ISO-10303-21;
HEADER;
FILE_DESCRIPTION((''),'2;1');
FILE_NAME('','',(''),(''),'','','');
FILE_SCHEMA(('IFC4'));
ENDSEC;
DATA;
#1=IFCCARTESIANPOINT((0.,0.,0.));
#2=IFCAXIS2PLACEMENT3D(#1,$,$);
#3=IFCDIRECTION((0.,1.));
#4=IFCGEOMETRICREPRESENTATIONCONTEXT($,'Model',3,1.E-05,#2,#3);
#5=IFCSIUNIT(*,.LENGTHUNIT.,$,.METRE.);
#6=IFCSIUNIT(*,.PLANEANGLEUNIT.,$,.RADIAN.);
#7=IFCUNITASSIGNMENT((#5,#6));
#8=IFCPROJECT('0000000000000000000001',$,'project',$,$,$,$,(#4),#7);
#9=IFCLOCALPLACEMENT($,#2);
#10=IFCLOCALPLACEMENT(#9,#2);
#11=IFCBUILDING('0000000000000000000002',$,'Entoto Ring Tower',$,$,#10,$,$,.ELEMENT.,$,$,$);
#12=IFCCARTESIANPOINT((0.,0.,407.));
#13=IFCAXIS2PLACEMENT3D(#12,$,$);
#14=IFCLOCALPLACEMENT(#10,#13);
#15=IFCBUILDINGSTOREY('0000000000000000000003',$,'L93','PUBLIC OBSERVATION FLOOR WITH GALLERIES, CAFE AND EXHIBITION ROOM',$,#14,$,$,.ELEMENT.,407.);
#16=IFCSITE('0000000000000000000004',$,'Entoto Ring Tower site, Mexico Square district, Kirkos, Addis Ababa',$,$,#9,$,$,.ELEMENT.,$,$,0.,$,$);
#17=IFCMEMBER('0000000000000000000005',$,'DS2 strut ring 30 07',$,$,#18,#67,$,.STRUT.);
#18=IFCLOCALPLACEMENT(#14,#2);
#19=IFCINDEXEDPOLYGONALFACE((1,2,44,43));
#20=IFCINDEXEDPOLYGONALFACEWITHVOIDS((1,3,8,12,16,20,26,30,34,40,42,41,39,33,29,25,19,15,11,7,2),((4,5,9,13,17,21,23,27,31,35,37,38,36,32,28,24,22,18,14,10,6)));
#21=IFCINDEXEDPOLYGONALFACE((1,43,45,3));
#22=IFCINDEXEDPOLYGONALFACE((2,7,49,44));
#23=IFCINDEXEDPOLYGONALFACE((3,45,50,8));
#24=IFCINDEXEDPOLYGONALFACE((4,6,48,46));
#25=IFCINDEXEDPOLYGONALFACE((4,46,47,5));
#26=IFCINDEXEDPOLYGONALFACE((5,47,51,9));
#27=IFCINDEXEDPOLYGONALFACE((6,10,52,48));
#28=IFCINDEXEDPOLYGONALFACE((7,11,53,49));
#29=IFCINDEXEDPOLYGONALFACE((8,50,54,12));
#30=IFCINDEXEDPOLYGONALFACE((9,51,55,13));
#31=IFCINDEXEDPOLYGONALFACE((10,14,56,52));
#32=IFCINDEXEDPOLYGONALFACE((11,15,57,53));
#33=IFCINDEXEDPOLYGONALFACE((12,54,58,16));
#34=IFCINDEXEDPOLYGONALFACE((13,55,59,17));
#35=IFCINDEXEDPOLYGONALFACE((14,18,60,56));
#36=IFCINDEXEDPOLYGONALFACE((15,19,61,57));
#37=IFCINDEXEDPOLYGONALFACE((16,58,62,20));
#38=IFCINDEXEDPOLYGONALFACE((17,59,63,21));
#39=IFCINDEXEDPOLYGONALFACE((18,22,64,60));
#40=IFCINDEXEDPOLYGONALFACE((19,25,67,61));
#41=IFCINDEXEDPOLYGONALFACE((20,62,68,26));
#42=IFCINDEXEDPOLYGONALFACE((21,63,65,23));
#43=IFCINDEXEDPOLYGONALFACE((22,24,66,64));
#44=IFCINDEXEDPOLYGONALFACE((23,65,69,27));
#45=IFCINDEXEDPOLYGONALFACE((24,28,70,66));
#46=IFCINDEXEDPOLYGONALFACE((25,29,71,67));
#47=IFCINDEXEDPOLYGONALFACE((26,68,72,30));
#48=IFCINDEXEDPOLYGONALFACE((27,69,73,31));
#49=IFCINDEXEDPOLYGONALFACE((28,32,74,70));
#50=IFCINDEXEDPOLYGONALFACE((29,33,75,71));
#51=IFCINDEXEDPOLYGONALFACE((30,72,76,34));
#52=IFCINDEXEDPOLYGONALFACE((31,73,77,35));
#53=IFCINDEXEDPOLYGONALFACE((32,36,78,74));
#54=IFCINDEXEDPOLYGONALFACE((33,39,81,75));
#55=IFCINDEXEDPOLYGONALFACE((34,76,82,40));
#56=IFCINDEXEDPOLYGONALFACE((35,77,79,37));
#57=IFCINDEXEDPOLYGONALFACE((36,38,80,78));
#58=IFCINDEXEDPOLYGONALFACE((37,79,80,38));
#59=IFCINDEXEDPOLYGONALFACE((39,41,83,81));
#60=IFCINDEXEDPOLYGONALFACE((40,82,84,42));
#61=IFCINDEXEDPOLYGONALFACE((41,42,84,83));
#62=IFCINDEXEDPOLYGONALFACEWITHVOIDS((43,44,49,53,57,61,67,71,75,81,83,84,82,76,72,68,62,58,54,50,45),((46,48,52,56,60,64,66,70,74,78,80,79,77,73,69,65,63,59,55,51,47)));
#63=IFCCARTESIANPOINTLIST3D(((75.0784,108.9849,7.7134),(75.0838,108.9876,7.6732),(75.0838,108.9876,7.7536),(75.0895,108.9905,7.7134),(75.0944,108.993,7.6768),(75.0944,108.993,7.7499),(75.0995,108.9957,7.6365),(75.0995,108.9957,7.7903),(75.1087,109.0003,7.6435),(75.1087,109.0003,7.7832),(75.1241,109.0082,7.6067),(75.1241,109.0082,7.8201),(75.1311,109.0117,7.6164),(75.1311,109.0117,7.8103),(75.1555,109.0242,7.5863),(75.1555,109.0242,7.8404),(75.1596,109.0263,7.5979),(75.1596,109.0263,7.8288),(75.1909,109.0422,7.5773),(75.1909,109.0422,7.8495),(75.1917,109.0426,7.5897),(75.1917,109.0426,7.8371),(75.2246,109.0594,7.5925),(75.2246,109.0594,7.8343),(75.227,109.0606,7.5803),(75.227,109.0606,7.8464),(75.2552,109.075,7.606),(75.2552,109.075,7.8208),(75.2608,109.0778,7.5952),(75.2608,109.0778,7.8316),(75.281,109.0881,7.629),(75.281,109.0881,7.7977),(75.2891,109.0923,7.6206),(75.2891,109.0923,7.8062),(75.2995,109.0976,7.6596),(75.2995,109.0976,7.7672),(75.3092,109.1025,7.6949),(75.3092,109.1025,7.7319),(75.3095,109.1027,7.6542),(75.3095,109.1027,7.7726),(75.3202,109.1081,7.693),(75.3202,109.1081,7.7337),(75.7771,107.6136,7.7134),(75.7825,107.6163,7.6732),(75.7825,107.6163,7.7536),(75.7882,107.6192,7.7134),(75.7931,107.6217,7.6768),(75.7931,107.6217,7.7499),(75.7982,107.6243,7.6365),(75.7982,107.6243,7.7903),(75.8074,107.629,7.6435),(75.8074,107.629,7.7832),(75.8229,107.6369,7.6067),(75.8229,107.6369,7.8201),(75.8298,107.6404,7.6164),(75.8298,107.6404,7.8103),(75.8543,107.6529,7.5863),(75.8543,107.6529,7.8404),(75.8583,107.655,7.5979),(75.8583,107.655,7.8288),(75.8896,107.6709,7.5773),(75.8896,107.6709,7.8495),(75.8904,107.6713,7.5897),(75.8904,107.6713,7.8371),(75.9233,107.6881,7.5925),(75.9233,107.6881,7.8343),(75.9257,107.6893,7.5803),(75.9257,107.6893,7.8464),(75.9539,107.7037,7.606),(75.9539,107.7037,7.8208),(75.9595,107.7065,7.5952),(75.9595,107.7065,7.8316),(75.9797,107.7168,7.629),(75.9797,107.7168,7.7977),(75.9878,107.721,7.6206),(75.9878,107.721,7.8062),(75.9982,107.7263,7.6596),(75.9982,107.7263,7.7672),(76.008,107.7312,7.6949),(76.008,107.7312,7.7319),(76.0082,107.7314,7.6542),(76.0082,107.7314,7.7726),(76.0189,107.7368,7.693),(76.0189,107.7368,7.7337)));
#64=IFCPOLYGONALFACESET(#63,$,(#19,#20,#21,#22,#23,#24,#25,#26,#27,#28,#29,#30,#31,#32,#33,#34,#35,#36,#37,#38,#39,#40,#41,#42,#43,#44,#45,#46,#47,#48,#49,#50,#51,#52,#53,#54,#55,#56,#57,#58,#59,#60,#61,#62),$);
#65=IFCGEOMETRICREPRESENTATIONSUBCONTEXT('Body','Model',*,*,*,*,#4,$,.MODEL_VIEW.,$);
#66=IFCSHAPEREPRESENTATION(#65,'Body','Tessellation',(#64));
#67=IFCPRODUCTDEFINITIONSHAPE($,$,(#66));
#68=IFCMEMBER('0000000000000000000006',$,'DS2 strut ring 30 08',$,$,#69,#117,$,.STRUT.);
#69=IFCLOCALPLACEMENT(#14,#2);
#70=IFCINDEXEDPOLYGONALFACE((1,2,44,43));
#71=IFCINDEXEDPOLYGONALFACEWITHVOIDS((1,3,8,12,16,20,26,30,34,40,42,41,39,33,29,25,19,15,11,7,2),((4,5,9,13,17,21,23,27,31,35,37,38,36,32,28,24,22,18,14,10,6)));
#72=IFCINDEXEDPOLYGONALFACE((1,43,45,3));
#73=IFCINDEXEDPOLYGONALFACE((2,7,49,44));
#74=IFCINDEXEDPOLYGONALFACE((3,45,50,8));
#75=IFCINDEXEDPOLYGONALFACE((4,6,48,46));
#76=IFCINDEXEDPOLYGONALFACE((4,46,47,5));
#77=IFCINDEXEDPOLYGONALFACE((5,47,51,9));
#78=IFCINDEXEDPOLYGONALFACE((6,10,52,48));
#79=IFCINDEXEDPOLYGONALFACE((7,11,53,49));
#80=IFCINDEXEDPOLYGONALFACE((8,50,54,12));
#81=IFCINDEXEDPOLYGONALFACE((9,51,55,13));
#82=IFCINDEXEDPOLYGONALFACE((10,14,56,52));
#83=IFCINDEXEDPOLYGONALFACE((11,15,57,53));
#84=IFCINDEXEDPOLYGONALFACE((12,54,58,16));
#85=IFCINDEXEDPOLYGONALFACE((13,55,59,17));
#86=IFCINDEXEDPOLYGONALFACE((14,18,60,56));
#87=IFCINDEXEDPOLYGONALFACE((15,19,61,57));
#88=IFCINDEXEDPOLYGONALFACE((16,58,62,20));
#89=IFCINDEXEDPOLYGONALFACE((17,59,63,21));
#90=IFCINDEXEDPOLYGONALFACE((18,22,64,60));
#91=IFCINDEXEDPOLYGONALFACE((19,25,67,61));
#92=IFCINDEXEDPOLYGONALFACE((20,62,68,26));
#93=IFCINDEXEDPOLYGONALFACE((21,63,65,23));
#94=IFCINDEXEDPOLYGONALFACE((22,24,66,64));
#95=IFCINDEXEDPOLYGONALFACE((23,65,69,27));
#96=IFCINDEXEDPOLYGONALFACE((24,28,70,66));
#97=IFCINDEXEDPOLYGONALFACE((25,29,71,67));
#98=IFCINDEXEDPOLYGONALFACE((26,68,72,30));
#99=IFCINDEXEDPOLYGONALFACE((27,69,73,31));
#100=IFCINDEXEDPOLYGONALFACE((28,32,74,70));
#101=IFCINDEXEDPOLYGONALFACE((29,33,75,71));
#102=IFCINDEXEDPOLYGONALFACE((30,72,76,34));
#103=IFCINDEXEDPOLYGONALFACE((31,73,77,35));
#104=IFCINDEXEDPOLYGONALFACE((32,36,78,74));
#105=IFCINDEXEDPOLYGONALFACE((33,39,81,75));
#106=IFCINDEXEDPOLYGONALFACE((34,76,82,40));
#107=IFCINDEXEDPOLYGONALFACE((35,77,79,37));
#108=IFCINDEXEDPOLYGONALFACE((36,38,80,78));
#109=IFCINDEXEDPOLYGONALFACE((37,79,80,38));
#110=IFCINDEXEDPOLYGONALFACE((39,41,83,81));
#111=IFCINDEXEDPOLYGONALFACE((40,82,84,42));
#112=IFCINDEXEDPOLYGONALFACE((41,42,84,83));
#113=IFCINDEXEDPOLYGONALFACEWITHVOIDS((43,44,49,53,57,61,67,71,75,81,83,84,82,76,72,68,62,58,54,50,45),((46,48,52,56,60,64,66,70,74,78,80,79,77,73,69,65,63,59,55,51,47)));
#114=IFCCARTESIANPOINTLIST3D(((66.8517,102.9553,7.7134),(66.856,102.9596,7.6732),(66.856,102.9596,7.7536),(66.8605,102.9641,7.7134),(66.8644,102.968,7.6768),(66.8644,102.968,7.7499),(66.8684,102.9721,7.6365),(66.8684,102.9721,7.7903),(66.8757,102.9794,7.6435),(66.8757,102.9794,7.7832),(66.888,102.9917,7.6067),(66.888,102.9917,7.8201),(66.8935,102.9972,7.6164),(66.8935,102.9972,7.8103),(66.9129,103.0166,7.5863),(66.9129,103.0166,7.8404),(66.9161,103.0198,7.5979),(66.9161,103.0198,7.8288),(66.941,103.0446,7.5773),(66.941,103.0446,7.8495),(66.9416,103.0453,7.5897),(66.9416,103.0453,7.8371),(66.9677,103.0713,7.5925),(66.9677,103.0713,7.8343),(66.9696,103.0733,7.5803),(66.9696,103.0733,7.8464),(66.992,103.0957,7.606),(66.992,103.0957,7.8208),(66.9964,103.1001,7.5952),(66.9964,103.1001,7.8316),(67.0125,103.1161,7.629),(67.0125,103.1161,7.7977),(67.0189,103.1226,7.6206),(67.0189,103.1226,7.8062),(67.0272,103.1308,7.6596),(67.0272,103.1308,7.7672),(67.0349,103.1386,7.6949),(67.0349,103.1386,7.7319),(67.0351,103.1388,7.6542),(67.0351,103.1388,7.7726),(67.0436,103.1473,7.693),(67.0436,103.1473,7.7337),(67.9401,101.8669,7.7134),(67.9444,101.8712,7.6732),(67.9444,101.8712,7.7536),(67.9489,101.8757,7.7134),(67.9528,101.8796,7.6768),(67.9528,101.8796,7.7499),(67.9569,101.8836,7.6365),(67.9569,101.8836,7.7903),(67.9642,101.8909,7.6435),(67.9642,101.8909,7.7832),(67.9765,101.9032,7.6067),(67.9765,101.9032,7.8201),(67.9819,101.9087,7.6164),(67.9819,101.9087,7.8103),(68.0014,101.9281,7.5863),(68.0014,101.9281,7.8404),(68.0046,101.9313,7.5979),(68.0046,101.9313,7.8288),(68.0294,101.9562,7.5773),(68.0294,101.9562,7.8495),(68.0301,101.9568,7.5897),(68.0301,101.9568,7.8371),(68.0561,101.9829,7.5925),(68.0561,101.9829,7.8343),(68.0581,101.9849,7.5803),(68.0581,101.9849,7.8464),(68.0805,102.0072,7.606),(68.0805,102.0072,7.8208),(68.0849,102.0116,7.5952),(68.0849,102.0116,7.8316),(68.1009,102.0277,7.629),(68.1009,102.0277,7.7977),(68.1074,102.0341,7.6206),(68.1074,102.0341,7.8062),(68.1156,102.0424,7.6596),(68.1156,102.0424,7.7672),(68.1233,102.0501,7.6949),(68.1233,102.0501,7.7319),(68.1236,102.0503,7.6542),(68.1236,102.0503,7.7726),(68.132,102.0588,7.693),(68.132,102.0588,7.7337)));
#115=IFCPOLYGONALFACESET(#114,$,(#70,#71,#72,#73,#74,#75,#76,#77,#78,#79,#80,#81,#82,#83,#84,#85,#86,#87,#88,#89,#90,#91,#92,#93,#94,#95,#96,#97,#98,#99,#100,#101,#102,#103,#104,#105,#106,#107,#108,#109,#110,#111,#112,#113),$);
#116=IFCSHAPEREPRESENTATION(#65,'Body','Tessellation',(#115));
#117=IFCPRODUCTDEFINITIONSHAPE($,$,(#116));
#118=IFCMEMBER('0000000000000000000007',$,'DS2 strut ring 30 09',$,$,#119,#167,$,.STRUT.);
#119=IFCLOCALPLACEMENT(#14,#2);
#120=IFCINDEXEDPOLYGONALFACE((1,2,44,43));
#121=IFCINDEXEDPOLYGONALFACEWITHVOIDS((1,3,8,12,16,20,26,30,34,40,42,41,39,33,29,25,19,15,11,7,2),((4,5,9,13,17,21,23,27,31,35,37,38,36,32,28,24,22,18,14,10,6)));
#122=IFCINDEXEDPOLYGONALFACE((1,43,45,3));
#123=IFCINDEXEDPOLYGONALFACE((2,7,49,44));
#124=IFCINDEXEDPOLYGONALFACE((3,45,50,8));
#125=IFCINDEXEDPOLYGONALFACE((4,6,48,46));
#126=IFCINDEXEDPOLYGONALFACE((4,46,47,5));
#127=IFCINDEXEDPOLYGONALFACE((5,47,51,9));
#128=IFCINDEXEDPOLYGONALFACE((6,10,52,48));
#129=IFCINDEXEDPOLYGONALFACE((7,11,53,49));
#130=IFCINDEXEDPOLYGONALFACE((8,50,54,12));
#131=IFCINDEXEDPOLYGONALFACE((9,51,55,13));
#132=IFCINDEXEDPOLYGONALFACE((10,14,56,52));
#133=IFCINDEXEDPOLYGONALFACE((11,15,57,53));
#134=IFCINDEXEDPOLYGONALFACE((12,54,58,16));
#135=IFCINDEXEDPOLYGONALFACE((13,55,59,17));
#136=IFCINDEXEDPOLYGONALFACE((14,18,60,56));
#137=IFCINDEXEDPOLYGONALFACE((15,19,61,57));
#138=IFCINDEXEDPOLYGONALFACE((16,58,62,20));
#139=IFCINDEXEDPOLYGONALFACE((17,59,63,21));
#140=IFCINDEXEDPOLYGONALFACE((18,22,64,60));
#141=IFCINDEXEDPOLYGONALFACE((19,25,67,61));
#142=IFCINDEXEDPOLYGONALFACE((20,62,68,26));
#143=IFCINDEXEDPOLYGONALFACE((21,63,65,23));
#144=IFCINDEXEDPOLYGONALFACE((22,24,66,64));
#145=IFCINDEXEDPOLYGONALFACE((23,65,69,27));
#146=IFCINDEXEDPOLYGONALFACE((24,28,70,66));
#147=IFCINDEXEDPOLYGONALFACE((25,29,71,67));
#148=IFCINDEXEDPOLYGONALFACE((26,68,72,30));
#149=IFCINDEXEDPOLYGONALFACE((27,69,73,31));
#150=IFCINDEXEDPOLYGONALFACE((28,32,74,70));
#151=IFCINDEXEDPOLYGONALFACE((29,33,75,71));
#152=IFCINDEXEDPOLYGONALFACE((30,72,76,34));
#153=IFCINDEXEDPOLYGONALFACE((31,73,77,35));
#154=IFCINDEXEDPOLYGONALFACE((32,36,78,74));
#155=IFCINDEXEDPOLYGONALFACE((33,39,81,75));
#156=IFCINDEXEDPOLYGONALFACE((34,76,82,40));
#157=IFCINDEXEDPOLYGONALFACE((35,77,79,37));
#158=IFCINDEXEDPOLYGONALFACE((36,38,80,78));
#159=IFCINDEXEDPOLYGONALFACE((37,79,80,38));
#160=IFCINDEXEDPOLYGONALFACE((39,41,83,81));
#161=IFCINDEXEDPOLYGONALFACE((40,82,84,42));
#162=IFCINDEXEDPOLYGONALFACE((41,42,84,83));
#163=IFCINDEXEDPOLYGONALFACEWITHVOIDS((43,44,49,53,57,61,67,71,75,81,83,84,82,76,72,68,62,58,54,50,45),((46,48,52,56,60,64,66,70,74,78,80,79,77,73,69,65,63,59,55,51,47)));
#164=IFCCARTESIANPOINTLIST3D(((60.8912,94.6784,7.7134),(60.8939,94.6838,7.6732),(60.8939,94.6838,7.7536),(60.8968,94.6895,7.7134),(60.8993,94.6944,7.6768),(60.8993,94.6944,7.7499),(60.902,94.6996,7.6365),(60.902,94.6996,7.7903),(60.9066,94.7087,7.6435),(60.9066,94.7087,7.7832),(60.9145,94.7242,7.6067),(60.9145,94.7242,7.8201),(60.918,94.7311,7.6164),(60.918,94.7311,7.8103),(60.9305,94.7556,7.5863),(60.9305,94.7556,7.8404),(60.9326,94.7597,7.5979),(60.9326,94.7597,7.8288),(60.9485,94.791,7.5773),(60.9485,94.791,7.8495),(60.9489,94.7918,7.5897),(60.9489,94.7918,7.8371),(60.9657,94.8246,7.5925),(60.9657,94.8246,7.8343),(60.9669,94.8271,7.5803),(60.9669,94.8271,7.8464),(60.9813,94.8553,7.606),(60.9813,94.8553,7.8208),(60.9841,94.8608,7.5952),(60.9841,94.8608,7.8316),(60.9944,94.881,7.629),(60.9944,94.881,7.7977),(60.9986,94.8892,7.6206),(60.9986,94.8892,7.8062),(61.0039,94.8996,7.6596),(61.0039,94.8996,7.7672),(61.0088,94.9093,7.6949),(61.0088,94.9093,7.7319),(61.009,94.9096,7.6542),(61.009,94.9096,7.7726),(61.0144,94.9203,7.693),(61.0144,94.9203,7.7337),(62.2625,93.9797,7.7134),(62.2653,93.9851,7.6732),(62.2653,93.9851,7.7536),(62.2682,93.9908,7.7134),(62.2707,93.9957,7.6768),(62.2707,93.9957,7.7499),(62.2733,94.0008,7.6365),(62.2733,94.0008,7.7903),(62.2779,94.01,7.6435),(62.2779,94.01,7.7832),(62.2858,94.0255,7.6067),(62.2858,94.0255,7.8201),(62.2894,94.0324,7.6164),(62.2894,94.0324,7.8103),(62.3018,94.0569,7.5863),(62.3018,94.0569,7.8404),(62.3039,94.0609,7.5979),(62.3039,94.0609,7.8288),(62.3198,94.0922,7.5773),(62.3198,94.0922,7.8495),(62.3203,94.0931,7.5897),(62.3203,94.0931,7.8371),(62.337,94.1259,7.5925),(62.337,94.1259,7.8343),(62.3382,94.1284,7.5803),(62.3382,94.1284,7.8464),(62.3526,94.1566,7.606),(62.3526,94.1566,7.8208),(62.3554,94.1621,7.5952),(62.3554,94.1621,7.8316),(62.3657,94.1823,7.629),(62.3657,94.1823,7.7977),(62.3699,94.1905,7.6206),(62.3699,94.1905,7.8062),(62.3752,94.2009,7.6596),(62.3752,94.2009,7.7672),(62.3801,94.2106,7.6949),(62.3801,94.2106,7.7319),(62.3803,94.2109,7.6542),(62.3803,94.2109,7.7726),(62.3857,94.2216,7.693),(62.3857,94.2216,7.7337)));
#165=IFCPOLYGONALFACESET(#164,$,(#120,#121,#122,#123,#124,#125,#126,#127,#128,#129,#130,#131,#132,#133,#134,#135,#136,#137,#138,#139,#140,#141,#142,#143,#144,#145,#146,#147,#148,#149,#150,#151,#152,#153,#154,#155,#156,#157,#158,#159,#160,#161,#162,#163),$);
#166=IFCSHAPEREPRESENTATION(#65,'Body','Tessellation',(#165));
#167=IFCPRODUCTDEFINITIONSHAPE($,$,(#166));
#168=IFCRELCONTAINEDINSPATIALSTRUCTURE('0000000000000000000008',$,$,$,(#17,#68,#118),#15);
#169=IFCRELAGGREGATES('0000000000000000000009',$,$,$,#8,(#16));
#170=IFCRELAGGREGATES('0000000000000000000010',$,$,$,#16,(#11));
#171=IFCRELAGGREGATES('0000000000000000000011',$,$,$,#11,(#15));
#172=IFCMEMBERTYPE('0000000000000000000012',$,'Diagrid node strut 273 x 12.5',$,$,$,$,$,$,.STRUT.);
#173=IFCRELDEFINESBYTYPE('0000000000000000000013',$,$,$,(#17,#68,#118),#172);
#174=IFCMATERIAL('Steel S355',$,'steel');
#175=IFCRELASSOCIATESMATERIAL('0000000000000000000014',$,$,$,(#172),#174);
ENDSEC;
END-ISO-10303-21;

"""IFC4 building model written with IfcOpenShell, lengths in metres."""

from ifc_helpers import new_model, si_unit, direction, frame, origin, origin_2d, place, context, subcontext, project, spatial, circle, hollow_circle, extrude, material, material_profile, profile_set, type_object, element, save


model = new_model("IFC4")

# Units and contexts
model_context = context("Model", 3, precision=1e-05, world=origin(), true_north=direction((0.0, 1.0)))
body_context = subcontext(model_context, "Body", "Model", "MODEL_VIEW")
ifc_project = project(units=[si_unit("LENGTHUNIT", "METRE"), si_unit("PLANEANGLEUNIT", "RADIAN")], contexts=[model_context])

# Site, building, storey
site_placement = place(None, origin())
site = spatial("IfcSite", under=ifc_project, at=site_placement, Name="Entoto Ring Tower site, Mexico Square district, Kirkos, Addis Ababa", CompositionType="ELEMENT", RefElevation=0.0)
building_placement = place(site_placement, origin())
building = spatial("IfcBuilding", under=site, at=building_placement, Name="Entoto Ring Tower", CompositionType="ELEMENT")
storey_placement = place(building_placement, frame((0.0, 0.0, 407.0)))
storey = spatial("IfcBuildingStorey", under=building, at=storey_placement, Name="L93", Description="PUBLIC OBSERVATION FLOOR WITH GALLERIES, CAFE AND EXHIBITION ROOM", CompositionType="ELEMENT", Elevation=407.0)

# Members
ifc_material_1 = material(Name="Steel S355", Category="steel")
ifc_material_profile_1 = material_profile(ifc_material_1, hollow_circle(Radius=0.1365, WallThickness=0.0125, at=origin_2d()), Name="CHS 273 x 12.5")
ifc_material_2 = material(Name="Concrete C60/75", Category="concrete")
ifc_material_profile_2 = material_profile(ifc_material_2, circle(Radius=0.124, at=origin_2d()), Name="Concrete C60/75 infill")
ifc_profile_set_1 = profile_set([ifc_material_profile_1, ifc_material_profile_2], Name="Steel S355")
member_type = type_object("IfcMemberType", Name="Diagrid node strut 273 x 12.5", PredefinedType="STRUT", material=ifc_profile_set_1)
member_1_placement = place(storey_placement, frame((75.8987, 107.6755, 7.7134), z_axis=(-0.45399, 0.891007, 0.0), x_axis=(-0.891007, -0.45399, 0.0)))
element("IfcMember", 1, at=member_1_placement, inside=storey, type_object=member_type, Name="DS2 strut ring 30 07", PredefinedType="STRUT", context=body_context, shape_type="SweptSolid", body=[
    extrude(hollow_circle(Radius=0.1365, WallThickness=0.0125, at=origin_2d()), origin(), (0.0, 0.0, 1.0), 1.5391),
])
member_2_placement = place(storey_placement, frame((68.0366, 101.9634, 7.7134), z_axis=(-0.707107, 0.707107, 0.0), x_axis=(-0.707107, -0.707107, 0.0)))
element("IfcMember", 2, at=member_2_placement, inside=storey, type_object=member_type, Name="DS2 strut ring 30 08", PredefinedType="STRUT", context=body_context, shape_type="SweptSolid", body=[
    extrude(hollow_circle(Radius=0.1365, WallThickness=0.0125, at=origin_2d()), origin(), (0.0, 0.0, 1.0), 1.5393),
])
member_3_placement = place(storey_placement, frame((62.3245, 94.1013, 7.7134), z_axis=(-0.891007, 0.45399, 0.0), x_axis=(-0.45399, -0.891007, 0.0)))
element("IfcMember", 3, at=member_3_placement, inside=storey, type_object=member_type, Name="DS2 strut ring 30 09", PredefinedType="STRUT", context=body_context, shape_type="SweptSolid", body=[
    extrude(hollow_circle(Radius=0.1365, WallThickness=0.0125, at=origin_2d()), origin(), (0.0, 0.0, 1.0), 1.5391),
])

save(model, "model.ifc")
